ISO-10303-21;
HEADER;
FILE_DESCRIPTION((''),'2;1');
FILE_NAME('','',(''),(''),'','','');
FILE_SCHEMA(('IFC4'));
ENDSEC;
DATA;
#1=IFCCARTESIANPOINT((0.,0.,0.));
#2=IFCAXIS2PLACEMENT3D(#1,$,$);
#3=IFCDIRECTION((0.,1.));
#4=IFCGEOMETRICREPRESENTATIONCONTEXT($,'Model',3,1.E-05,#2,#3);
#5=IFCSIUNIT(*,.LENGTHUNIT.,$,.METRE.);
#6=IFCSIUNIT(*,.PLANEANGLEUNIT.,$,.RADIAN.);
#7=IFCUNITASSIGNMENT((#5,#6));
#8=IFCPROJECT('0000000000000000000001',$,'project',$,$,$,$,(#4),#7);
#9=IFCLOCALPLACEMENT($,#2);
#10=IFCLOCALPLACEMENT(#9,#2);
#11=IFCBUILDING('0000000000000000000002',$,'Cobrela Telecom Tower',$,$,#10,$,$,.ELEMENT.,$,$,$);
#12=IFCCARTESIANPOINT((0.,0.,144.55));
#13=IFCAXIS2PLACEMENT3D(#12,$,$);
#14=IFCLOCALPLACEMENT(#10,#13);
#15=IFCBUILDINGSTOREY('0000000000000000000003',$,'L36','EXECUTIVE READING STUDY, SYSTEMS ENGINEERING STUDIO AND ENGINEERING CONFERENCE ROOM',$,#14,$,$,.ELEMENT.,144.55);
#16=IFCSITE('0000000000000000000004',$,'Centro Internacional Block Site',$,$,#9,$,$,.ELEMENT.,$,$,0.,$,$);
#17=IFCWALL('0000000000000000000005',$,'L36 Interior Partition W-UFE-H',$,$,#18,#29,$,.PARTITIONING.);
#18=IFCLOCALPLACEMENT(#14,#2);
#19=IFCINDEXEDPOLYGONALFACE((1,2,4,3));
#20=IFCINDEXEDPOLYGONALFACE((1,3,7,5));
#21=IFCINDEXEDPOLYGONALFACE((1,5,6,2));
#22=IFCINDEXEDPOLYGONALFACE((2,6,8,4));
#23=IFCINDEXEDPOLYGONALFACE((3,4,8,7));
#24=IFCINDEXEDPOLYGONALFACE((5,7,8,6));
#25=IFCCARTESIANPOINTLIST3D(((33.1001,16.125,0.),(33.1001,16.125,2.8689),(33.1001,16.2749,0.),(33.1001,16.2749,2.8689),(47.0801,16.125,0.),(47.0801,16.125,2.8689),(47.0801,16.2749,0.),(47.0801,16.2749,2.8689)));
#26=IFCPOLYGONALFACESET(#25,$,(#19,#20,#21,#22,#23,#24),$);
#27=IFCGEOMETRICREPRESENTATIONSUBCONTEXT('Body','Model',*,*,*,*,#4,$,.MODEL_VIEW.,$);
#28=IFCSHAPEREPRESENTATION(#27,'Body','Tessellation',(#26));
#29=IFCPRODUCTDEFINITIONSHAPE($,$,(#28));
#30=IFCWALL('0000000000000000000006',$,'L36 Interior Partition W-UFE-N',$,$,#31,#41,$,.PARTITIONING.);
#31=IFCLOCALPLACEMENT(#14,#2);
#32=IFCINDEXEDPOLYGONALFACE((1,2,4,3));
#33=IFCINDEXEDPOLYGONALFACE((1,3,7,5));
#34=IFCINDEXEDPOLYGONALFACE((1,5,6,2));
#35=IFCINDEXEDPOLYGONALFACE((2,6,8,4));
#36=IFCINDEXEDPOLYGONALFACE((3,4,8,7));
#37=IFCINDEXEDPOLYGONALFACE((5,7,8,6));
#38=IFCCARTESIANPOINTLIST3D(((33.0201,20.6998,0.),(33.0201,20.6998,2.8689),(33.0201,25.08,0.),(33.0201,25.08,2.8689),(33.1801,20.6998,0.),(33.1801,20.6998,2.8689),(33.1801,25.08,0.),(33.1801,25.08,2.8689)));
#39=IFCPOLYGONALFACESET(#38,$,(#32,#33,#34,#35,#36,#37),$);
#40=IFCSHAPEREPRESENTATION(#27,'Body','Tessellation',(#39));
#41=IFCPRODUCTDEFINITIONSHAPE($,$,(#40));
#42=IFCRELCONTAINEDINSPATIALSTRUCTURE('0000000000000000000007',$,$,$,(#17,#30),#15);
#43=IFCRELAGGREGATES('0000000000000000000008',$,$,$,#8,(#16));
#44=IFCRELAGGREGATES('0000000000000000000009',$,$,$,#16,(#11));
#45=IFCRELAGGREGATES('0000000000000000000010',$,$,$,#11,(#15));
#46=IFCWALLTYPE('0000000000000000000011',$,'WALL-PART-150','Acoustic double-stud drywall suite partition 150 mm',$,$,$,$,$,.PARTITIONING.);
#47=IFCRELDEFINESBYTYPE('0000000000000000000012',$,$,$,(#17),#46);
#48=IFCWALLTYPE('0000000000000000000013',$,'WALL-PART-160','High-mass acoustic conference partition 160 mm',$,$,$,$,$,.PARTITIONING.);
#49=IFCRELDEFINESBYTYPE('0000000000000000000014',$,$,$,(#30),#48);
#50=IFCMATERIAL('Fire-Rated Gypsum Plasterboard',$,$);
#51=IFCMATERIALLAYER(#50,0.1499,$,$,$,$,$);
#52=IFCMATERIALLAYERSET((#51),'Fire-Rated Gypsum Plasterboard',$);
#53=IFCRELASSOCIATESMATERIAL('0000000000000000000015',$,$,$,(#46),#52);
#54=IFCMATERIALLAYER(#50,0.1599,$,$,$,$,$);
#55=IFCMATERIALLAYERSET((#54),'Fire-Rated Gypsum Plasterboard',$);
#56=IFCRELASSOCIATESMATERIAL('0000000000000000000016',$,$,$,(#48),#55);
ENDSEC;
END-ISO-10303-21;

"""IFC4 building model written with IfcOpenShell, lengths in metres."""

from ifc_helpers import new_model, si_unit, direction, frame, frame_2d, origin, place, context, subcontext, project, spatial, rectangle, extrude, material, layer, layer_set, type_object, element, save


model = new_model("IFC4")

# Units and contexts
model_context = context("Model", 3, precision=1e-05, world=origin(), true_north=direction((0.0, 1.0)))
body_context = subcontext(model_context, "Body", "Model", "MODEL_VIEW")
ifc_project = project(units=[si_unit("LENGTHUNIT", "METRE"), si_unit("PLANEANGLEUNIT", "RADIAN")], contexts=[model_context])

# Site, building, storey
site_placement = place(None, origin())
site = spatial("IfcSite", under=ifc_project, at=site_placement, Name="Centro Internacional Block Site", CompositionType="ELEMENT", RefElevation=0.0)
building_placement = place(site_placement, origin())
building = spatial("IfcBuilding", under=site, at=building_placement, Name="Cobrela Telecom Tower", CompositionType="ELEMENT")
storey_placement = place(building_placement, frame((0.0, 0.0, 144.55)))
storey = spatial("IfcBuildingStorey", under=building, at=storey_placement, Name="L36", Description="EXECUTIVE READING STUDY, SYSTEMS ENGINEERING STUDIO AND ENGINEERING CONFERENCE ROOM", CompositionType="ELEMENT", Elevation=144.55)

# Walls
ifc_material_1 = material(Name="Fire-Rated Gypsum Plasterboard")
ifc_layer_1 = layer(ifc_material_1, 0.1499)
ifc_layer_set_1 = layer_set([ifc_layer_1], Name="Fire-Rated Gypsum Plasterboard")
wall_type_1 = type_object("IfcWallType", Name="WALL-PART-150", Description="Acoustic double-stud drywall suite partition 150 mm", PredefinedType="PARTITIONING", material=ifc_layer_set_1)
wall_1_placement = place(storey_placement, frame((33.1001, 16.2, 0.0), z_axis=(0.0, 0.0, 1.0), x_axis=(1.0, 0.0, 0.0)))
element("IfcWall", 1, at=wall_1_placement, inside=storey, type_object=wall_type_1, Name="L36 Interior Partition W-UFE-H", PredefinedType="PARTITIONING", context=body_context, shape_type="SweptSolid", body=[
    extrude(rectangle(XDim=13.98, YDim=0.1499, at=frame_2d((6.99, 0.0))), origin(), (0.0, 0.0, 1.0), 2.8689),
])
ifc_layer_2 = layer(ifc_material_1, 0.1599)
ifc_layer_set_2 = layer_set([ifc_layer_2], Name="Fire-Rated Gypsum Plasterboard")
wall_type_2 = type_object("IfcWallType", Name="WALL-PART-160", Description="High-mass acoustic conference partition 160 mm", PredefinedType="PARTITIONING", material=ifc_layer_set_2)
wall_2_placement = place(storey_placement, frame((33.1001, 20.7, 0.0), z_axis=(0.0, 0.0, 1.0), x_axis=(0.0, 1.0, 0.0)))
element("IfcWall", 2, at=wall_2_placement, inside=storey, type_object=wall_type_2, Name="L36 Interior Partition W-UFE-N", PredefinedType="PARTITIONING", context=body_context, shape_type="SweptSolid", body=[
    extrude(rectangle(XDim=4.3801, YDim=0.1599, at=frame_2d((2.1899, 0.0))), origin(), (0.0, 0.0, 1.0), 2.8689),
])

save(model, "model.ifc")
